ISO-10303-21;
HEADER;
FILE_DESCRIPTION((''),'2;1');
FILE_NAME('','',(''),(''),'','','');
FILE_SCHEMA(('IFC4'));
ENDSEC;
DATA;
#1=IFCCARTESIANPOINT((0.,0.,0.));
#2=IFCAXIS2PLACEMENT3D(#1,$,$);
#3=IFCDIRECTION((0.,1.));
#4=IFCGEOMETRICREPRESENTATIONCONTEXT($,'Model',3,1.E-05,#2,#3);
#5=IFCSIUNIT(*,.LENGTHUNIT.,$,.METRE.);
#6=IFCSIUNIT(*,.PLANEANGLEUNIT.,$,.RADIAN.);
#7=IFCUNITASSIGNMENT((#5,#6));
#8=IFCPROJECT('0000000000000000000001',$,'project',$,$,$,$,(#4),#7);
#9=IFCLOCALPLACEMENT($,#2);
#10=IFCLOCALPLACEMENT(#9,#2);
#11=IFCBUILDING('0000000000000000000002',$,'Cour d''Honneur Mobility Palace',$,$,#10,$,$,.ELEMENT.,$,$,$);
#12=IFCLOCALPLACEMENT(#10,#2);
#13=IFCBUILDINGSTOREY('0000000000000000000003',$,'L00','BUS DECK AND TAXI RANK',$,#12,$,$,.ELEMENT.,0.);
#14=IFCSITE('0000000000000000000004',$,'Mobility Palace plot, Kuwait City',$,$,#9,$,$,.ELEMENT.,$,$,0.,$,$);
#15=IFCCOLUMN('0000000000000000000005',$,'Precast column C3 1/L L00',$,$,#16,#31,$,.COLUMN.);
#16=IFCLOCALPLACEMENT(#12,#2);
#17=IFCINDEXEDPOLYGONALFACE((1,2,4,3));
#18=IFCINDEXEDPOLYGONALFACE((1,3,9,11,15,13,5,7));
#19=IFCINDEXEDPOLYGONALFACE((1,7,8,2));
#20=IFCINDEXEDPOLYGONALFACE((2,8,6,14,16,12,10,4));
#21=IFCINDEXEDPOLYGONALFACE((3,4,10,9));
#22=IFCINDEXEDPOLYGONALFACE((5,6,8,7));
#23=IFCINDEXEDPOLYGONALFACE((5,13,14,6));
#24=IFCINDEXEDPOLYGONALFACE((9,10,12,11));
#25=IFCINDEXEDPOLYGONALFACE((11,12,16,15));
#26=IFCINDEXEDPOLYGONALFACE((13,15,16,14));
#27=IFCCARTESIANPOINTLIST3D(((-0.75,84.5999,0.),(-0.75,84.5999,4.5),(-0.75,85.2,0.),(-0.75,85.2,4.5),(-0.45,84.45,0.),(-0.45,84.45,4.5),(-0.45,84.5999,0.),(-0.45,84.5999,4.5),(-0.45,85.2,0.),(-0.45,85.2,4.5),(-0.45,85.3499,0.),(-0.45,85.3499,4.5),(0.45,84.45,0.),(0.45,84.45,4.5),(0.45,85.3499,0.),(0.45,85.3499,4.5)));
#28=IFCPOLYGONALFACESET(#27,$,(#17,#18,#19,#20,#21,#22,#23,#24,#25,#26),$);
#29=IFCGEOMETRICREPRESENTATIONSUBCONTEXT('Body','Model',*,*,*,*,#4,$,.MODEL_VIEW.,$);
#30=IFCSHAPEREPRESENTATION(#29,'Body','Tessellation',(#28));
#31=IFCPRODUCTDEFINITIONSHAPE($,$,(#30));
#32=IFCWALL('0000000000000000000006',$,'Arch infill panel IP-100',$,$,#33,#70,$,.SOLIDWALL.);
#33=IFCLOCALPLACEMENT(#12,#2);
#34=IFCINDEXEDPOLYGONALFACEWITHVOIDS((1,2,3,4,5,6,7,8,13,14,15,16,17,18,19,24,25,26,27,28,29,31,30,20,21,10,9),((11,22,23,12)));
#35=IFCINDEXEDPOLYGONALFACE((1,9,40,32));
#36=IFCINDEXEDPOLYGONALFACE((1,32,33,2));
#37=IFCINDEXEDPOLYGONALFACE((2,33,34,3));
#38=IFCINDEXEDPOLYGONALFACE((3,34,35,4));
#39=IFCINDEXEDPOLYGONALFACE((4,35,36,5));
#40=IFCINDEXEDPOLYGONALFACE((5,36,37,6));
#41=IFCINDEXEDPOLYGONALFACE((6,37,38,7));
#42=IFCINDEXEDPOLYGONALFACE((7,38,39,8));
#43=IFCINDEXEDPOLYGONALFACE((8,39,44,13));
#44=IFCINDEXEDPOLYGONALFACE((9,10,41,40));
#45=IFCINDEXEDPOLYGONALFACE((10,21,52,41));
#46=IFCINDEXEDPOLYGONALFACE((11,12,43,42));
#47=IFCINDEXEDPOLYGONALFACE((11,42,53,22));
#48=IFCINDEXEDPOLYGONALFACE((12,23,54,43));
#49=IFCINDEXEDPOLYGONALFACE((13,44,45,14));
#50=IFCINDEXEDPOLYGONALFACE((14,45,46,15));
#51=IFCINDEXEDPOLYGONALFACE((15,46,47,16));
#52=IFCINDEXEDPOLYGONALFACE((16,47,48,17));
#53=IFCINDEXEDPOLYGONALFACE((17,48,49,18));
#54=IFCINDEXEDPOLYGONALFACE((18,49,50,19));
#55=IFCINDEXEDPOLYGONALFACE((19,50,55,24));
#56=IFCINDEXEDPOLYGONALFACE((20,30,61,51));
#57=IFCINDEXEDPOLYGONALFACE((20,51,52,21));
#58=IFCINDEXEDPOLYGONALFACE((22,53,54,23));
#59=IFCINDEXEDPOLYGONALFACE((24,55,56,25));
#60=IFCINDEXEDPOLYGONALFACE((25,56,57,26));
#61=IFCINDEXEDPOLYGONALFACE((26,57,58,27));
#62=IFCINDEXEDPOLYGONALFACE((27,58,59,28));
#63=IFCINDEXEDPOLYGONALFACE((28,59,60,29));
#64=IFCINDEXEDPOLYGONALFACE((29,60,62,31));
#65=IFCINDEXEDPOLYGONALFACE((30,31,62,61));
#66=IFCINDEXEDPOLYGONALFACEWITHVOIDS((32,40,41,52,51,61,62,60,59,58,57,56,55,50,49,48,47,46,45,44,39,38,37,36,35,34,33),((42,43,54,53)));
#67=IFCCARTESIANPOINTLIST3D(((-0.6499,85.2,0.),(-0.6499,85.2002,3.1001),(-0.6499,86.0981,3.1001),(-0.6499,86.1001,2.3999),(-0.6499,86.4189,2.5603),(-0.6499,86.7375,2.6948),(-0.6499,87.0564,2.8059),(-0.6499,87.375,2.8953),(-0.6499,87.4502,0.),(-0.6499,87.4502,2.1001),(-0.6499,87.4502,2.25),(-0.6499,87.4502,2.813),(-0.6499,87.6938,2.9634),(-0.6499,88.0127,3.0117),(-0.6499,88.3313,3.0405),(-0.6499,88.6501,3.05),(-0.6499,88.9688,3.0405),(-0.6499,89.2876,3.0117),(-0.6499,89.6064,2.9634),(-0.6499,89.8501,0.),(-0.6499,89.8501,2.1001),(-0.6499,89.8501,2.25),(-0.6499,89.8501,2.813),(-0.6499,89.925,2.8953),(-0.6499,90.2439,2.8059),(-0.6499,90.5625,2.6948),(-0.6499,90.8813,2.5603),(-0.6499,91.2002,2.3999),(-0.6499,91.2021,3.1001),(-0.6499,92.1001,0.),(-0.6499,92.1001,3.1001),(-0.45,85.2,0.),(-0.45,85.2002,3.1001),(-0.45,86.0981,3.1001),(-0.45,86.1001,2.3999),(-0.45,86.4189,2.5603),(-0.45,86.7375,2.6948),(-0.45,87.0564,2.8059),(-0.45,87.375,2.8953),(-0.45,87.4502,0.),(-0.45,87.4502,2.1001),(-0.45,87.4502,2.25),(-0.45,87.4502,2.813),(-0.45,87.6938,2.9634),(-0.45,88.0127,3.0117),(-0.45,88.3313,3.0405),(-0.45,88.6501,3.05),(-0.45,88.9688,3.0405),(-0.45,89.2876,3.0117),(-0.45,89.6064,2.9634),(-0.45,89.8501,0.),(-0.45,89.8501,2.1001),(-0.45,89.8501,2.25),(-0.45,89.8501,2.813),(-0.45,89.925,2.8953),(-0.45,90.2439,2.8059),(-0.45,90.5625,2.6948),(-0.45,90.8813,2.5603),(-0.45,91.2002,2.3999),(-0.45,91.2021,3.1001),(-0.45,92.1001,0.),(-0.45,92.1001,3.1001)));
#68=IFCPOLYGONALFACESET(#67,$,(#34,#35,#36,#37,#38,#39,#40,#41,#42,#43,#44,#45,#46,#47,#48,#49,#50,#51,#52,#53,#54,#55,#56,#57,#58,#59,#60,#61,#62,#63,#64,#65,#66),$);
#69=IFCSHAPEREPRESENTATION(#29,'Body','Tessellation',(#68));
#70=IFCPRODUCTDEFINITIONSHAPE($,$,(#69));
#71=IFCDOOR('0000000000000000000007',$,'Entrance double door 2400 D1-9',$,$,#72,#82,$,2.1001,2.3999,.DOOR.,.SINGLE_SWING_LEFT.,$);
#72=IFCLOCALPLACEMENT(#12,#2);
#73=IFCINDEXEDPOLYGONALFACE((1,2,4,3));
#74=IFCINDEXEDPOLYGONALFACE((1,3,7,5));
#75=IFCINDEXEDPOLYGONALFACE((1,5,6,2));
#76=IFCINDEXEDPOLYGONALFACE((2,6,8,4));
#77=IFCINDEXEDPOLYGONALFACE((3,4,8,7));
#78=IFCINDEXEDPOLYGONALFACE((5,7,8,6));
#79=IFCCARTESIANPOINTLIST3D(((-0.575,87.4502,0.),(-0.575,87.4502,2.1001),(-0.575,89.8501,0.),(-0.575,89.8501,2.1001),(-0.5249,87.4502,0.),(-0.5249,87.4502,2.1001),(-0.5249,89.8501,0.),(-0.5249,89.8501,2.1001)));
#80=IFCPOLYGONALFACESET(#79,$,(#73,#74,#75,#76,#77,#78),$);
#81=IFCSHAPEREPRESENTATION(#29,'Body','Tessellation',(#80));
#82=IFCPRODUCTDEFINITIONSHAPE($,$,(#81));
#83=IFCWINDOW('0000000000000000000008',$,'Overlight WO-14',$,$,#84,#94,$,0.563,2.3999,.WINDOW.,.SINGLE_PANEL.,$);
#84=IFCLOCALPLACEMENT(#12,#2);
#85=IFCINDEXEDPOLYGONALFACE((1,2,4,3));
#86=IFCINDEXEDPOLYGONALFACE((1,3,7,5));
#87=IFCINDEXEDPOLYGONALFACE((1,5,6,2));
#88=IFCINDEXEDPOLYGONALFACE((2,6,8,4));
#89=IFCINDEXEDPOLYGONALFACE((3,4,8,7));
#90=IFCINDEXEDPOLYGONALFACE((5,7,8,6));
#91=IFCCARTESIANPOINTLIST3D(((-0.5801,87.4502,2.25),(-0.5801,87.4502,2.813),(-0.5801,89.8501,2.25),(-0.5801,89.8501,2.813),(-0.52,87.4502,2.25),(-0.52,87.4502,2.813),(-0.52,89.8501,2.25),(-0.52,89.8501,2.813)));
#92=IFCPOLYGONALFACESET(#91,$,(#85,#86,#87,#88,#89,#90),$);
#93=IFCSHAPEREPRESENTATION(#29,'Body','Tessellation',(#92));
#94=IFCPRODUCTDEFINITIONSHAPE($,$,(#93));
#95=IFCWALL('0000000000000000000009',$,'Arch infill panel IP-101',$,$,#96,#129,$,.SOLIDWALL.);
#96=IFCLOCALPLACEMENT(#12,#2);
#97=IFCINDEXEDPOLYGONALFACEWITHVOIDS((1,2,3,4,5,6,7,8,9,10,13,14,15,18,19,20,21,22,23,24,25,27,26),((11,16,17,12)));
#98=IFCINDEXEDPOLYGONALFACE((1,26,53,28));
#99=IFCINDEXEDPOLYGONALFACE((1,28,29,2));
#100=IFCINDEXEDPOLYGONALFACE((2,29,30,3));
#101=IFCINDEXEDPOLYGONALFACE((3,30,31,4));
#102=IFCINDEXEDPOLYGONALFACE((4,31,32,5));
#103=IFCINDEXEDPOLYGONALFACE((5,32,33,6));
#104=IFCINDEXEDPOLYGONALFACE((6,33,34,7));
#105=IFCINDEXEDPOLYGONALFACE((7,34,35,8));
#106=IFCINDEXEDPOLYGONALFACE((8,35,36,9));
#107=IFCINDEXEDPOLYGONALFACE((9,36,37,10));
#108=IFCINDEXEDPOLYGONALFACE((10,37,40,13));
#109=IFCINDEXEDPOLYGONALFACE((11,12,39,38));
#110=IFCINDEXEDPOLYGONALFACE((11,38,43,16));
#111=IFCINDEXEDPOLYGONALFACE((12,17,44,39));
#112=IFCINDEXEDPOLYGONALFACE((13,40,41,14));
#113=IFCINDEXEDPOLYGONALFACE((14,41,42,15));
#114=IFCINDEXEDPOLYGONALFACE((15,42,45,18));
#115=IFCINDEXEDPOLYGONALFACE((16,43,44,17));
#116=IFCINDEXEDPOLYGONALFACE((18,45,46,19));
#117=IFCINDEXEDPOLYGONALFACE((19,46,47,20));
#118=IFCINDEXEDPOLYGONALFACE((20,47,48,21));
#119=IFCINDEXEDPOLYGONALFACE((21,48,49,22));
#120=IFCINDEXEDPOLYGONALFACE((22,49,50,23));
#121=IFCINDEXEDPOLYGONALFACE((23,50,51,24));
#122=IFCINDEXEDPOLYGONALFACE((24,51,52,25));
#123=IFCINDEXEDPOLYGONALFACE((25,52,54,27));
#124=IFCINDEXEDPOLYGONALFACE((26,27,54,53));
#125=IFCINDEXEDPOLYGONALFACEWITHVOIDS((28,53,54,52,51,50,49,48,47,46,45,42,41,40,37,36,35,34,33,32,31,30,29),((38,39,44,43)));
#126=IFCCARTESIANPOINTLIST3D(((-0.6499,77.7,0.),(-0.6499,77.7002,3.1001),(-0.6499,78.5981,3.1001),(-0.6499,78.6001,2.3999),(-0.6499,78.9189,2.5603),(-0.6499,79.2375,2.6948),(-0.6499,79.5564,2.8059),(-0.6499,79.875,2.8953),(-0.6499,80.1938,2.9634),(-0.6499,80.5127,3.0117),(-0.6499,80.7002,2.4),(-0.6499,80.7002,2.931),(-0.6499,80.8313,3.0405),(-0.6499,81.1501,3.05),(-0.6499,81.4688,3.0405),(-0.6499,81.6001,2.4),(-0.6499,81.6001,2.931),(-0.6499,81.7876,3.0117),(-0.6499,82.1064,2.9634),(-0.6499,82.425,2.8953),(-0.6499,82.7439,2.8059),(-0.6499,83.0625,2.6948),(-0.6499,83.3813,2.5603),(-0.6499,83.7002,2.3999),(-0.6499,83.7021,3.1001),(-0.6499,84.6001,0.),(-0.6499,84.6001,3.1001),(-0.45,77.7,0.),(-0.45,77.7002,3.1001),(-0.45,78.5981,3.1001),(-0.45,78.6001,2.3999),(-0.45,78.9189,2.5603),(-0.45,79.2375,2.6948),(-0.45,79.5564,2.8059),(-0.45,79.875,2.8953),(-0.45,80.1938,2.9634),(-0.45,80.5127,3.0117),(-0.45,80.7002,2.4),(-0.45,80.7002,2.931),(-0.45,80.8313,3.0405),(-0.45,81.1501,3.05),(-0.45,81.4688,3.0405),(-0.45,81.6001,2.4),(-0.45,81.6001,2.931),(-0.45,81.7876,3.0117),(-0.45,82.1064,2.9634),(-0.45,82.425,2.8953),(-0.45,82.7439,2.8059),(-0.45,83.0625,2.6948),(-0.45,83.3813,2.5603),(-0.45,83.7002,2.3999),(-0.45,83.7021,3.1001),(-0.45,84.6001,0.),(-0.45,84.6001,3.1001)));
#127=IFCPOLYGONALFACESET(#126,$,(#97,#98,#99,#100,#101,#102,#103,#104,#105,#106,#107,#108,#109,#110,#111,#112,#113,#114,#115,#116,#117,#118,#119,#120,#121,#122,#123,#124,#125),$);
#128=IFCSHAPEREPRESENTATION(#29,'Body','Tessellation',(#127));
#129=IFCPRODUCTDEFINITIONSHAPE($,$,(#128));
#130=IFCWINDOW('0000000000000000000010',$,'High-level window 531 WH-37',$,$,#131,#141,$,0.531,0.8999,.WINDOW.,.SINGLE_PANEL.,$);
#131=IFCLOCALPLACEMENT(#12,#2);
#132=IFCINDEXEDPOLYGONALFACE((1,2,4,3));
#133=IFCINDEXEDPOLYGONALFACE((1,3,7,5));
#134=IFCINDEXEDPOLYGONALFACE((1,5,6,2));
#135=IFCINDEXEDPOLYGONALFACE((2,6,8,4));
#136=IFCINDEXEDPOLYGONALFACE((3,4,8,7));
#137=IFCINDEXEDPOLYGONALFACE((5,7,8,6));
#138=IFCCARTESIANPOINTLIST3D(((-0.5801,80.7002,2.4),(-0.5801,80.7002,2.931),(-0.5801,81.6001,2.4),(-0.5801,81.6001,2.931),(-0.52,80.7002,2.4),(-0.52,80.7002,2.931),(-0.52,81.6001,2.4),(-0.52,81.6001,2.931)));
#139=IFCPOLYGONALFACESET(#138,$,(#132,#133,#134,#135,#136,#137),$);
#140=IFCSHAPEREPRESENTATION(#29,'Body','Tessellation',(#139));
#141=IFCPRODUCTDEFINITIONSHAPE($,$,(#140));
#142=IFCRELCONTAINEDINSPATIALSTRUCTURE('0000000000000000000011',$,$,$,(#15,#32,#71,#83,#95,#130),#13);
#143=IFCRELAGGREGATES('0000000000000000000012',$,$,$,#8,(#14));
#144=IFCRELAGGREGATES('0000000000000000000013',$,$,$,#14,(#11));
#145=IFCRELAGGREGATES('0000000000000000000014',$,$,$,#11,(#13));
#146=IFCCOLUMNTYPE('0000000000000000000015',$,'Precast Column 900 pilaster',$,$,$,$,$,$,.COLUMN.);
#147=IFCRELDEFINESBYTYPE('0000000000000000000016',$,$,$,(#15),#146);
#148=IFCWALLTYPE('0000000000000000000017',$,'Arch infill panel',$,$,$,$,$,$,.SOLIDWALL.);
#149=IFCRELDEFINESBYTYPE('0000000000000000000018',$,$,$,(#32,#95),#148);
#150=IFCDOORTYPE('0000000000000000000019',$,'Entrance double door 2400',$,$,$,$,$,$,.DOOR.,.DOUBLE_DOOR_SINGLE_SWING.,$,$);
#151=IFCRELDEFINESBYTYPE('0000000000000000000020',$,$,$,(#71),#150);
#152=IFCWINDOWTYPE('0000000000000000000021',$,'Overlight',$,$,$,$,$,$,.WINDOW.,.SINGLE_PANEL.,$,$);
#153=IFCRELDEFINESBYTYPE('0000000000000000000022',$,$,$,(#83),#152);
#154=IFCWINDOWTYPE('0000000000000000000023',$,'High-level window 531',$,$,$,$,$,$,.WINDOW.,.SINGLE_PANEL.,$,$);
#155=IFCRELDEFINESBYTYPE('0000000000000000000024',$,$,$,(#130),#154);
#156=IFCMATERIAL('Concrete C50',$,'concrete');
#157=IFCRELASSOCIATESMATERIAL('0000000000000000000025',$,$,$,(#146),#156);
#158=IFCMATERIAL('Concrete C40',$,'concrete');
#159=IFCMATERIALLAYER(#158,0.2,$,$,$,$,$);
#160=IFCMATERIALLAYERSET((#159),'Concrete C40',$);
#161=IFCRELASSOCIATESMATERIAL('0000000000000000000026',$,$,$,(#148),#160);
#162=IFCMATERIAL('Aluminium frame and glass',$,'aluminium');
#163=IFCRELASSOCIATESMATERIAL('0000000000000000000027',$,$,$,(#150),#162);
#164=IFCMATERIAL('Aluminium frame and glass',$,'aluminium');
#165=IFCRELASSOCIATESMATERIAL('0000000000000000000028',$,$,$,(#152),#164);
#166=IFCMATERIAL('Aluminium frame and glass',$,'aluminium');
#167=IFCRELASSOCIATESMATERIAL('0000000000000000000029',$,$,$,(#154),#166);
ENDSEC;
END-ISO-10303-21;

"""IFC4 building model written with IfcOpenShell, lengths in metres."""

from ifc_helpers import new_model, si_unit, direction, frame, frame_2d, origin, place, context, subcontext, project, spatial, polyline, rectangle, outline, extrude, material, layer, layer_set, material_profile, profile_set, type_object, element, fill, save


model = new_model("IFC4")

# Units and contexts
model_context = context("Model", 3, precision=1e-05, world=origin(), true_north=direction((0.0, 1.0)))
body_context = subcontext(model_context, "Body", "Model", "MODEL_VIEW")
ifc_project = project(units=[si_unit("LENGTHUNIT", "METRE"), si_unit("PLANEANGLEUNIT", "RADIAN")], contexts=[model_context])

# Site, building, storey
site_placement = place(None, origin())
site = spatial("IfcSite", under=ifc_project, at=site_placement, Name="Mobility Palace plot, Kuwait City", CompositionType="ELEMENT", RefElevation=0.0)
building_placement = place(site_placement, origin())
building = spatial("IfcBuilding", under=site, at=building_placement, Name="Cour d'Honneur Mobility Palace", CompositionType="ELEMENT")
storey_placement = place(building_placement, origin())
storey = spatial("IfcBuildingStorey", under=building, at=storey_placement, Name="L00", Description="BUS DECK AND TAXI RANK", CompositionType="ELEMENT", Elevation=0.0)

# Column
ifc_material_1 = material(Name="Concrete C50", Category="concrete")
ifc_material_profile_1 = material_profile(ifc_material_1, outline(polyline([(-0.45, -0.45), (0.45, -0.45), (0.45, -0.3), (0.75, -0.3), (0.75, 0.3), (0.45, 0.3), (0.45, 0.45), (-0.45, 0.45), (-0.45, -0.45)])), Name="PC C900 pilaster")
ifc_profile_set_1 = profile_set([ifc_material_profile_1], Name="Concrete C50")
column_type = type_object("IfcColumnType", Name="Precast Column 900 pilaster", PredefinedType="COLUMN", material=ifc_profile_set_1)
for number, where, z_axis, x_axis, name in (
    (1, (0.0, 84.8999, 0.0), (0.0, 0.0, 1.0), (-1.0, 0.0, 0.0), "Precast column C3 1/L L00"),
):
    element("IfcColumn", number, at=place(storey_placement, frame(where, z_axis=z_axis, x_axis=x_axis)), inside=storey, type_object=column_type, Name=name, PredefinedType="COLUMN", context=body_context, shape_type="SweptSolid", body=[
        extrude(outline(polyline([(-0.45, -0.45), (0.45, -0.45), (0.45, -0.3), (0.75, -0.3), (0.75, 0.3), (0.45, 0.3), (0.45, 0.45), (-0.45, 0.45), (-0.45, -0.45)])), origin(), (0.0, 0.0, 1.0), 4.5),
    ])

# Wall, openings, door, window
ifc_material_2 = material(Name="Concrete C40", Category="concrete")
ifc_layer_1 = layer(ifc_material_2, 0.2)
ifc_layer_set_1 = layer_set([ifc_layer_1], Name="Concrete C40")
wall_type_1 = type_object("IfcWallType", Name="Arch infill panel", PredefinedType="SOLIDWALL", material=ifc_layer_set_1)
wall_1_placement = place(storey_placement, frame((-0.55, 92.1001, 0.0), z_axis=(0.0, 0.0, 1.0), x_axis=(0.0, -1.0, 0.0)))
wall_1 = element("IfcWall", 2, at=wall_1_placement, inside=storey, type_object=wall_type_1, Name="Arch infill panel IP-100", PredefinedType="SOLIDWALL", context=body_context, shape_type="SweptSolid", body=[
    extrude(outline(polyline([(0.0, 0.0), (6.9001, 0.0), (6.8999, 3.1001), (6.002, 3.1001), (6.0, 2.3999), (5.6812, 2.5603), (5.3625, 2.6948), (5.0437, 2.8059), (4.7251, 2.8953), (4.4062, 2.9634), (4.0874, 3.0117), (3.7688, 3.0405), (3.45, 3.05), (3.1313, 3.0405), (2.8125, 3.0117), (2.4937, 2.9634), (2.175, 2.8953), (1.8562, 2.8059), (1.5376, 2.6948), (1.2188, 2.5603), (0.8999, 2.3999), (0.8979, 3.1001), (0.0, 3.1001), (0.0, 0.0)])), frame((0.0, 0.1001, 0.0), z_axis=(0.0, -1.0, 0.0), x_axis=(1.0, 0.0, 0.0)), (0.0, 0.0, 1.0), 0.2),
])
opening_1_placement = place(wall_1_placement, frame((2.25, 0.0, 0.0)))
opening_1 = element("IfcOpeningElement", 3, at=opening_1_placement, cuts=wall_1, PredefinedType="OPENING", context=body_context, shape_type="SweptSolid", body=[
    extrude(rectangle(XDim=2.3999, YDim=2.1001, at=frame_2d((1.2, 1.05))), frame((0.0, 0.1099, 0.0), z_axis=(0.0, -1.0, 0.0), x_axis=(1.0, 0.0, 0.0)), (0.0, 0.0, 1.0), 0.22),
])
opening_2_placement = place(wall_1_placement, frame((2.25, 0.0, 2.25)))
opening_2 = element("IfcOpeningElement", 4, at=opening_2_placement, cuts=wall_1, PredefinedType="OPENING", context=body_context, shape_type="SweptSolid", body=[
    extrude(rectangle(XDim=2.3999, YDim=0.563, at=frame_2d((1.2, 0.2815))), frame((0.0, 0.1099, 0.0), z_axis=(0.0, -1.0, 0.0), x_axis=(1.0, 0.0, 0.0)), (0.0, 0.0, 1.0), 0.22),
])
ifc_material_3 = material(Name="Aluminium frame and glass", Category="aluminium")
door_type_1 = type_object("IfcDoorType", Name="Entrance double door 2400", OperationType="DOUBLE_DOOR_SINGLE_SWING", PredefinedType="DOOR", material=ifc_material_3)
door_1_placement = place(opening_1_placement, frame((2.3999, 0.0, 0.0), z_axis=(0.0, 0.0, 1.0), x_axis=(-1.0, 0.0, 0.0)))
door_1 = element("IfcDoor", 5, at=door_1_placement, inside=storey, type_object=door_type_1, Name="Entrance double door 2400 D1-9", OperationType="SINGLE_SWING_LEFT", OverallHeight=2.1001, OverallWidth=2.3999, PredefinedType="DOOR", context=body_context, shape_type="SweptSolid", body=[
    extrude(rectangle(XDim=2.3999, YDim=2.1001, at=frame_2d((1.2, 1.05))), frame((0.0, 0.0249, 0.0), z_axis=(0.0, -1.0, 0.0), x_axis=(1.0, 0.0, 0.0)), (0.0, 0.0, 1.0), 0.05),
])
fill(opening_1, door_1)
ifc_material_4 = material(Name="Aluminium frame and glass", Category="aluminium")
window_type_1 = type_object("IfcWindowType", Name="Overlight", PartitioningType="SINGLE_PANEL", PredefinedType="WINDOW", material=ifc_material_4)
window_1_placement = place(opening_2_placement, origin())
window_1 = element("IfcWindow", 6, at=window_1_placement, inside=storey, type_object=window_type_1, Name="Overlight WO-14", OverallHeight=0.563, OverallWidth=2.3999, PartitioningType="SINGLE_PANEL", PredefinedType="WINDOW", context=body_context, shape_type="SweptSolid", body=[
    extrude(rectangle(XDim=2.3999, YDim=0.563, at=frame_2d((1.2, 0.2815))), frame((0.0, 0.03, 0.0), z_axis=(0.0, -1.0, 0.0), x_axis=(1.0, 0.0, 0.0)), (0.0, 0.0, 1.0), 0.0601),
])
fill(opening_2, window_1)

# Wall, opening, window
wall_2_placement = place(storey_placement, frame((-0.55, 84.6001, 0.0), z_axis=(0.0, 0.0, 1.0), x_axis=(0.0, -1.0, 0.0)))
wall_2 = element("IfcWall", 7, at=wall_2_placement, inside=storey, type_object=wall_type_1, Name="Arch infill panel IP-101", PredefinedType="SOLIDWALL", context=body_context, shape_type="SweptSolid", body=[
    extrude(outline(polyline([(0.0, 0.0), (6.9001, 0.0), (6.8999, 3.1001), (6.002, 3.1001), (6.0, 2.3999), (5.6812, 2.5603), (5.3625, 2.6948), (5.0437, 2.8059), (4.7251, 2.8953), (4.4062, 2.9634), (4.0874, 3.0117), (3.7688, 3.0405), (3.45, 3.05), (3.1313, 3.0405), (2.8125, 3.0117), (2.4937, 2.9634), (2.175, 2.8953), (1.8562, 2.8059), (1.5376, 2.6948), (1.2188, 2.5603), (0.8999, 2.3999), (0.8979, 3.1001), (0.0, 3.1001), (0.0, 0.0)])), frame((0.0, 0.1001, 0.0), z_axis=(0.0, -1.0, 0.0), x_axis=(1.0, 0.0, 0.0)), (0.0, 0.0, 1.0), 0.2),
])
opening_3_placement = place(wall_2_placement, frame((3.0, 0.0, 2.3999)))
opening_3 = element("IfcOpeningElement", 8, at=opening_3_placement, cuts=wall_2, PredefinedType="OPENING", context=body_context, shape_type="SweptSolid", body=[
    extrude(rectangle(XDim=0.8999, YDim=0.531, at=frame_2d((0.45, 0.2656))), frame((0.0, 0.1099, 0.0), z_axis=(0.0, -1.0, 0.0), x_axis=(1.0, 0.0, 0.0)), (0.0, 0.0, 1.0), 0.22),
])
ifc_material_5 = material(Name="Aluminium frame and glass", Category="aluminium")
window_type_2 = type_object("IfcWindowType", Name="High-level window 531", PartitioningType="SINGLE_PANEL", PredefinedType="WINDOW", material=ifc_material_5)
window_2_placement = place(opening_3_placement, origin())
window_2 = element("IfcWindow", 9, at=window_2_placement, inside=storey, type_object=window_type_2, Name="High-level window 531 WH-37", OverallHeight=0.531, OverallWidth=0.8999, PartitioningType="SINGLE_PANEL", PredefinedType="WINDOW", context=body_context, shape_type="SweptSolid", body=[
    extrude(rectangle(XDim=0.8999, YDim=0.531, at=frame_2d((0.45, 0.2656))), frame((0.0, 0.03, 0.0), z_axis=(0.0, -1.0, 0.0), x_axis=(1.0, 0.0, 0.0)), (0.0, 0.0, 1.0), 0.0601),
])
fill(opening_3, window_2)

save(model, "model.ifc")
